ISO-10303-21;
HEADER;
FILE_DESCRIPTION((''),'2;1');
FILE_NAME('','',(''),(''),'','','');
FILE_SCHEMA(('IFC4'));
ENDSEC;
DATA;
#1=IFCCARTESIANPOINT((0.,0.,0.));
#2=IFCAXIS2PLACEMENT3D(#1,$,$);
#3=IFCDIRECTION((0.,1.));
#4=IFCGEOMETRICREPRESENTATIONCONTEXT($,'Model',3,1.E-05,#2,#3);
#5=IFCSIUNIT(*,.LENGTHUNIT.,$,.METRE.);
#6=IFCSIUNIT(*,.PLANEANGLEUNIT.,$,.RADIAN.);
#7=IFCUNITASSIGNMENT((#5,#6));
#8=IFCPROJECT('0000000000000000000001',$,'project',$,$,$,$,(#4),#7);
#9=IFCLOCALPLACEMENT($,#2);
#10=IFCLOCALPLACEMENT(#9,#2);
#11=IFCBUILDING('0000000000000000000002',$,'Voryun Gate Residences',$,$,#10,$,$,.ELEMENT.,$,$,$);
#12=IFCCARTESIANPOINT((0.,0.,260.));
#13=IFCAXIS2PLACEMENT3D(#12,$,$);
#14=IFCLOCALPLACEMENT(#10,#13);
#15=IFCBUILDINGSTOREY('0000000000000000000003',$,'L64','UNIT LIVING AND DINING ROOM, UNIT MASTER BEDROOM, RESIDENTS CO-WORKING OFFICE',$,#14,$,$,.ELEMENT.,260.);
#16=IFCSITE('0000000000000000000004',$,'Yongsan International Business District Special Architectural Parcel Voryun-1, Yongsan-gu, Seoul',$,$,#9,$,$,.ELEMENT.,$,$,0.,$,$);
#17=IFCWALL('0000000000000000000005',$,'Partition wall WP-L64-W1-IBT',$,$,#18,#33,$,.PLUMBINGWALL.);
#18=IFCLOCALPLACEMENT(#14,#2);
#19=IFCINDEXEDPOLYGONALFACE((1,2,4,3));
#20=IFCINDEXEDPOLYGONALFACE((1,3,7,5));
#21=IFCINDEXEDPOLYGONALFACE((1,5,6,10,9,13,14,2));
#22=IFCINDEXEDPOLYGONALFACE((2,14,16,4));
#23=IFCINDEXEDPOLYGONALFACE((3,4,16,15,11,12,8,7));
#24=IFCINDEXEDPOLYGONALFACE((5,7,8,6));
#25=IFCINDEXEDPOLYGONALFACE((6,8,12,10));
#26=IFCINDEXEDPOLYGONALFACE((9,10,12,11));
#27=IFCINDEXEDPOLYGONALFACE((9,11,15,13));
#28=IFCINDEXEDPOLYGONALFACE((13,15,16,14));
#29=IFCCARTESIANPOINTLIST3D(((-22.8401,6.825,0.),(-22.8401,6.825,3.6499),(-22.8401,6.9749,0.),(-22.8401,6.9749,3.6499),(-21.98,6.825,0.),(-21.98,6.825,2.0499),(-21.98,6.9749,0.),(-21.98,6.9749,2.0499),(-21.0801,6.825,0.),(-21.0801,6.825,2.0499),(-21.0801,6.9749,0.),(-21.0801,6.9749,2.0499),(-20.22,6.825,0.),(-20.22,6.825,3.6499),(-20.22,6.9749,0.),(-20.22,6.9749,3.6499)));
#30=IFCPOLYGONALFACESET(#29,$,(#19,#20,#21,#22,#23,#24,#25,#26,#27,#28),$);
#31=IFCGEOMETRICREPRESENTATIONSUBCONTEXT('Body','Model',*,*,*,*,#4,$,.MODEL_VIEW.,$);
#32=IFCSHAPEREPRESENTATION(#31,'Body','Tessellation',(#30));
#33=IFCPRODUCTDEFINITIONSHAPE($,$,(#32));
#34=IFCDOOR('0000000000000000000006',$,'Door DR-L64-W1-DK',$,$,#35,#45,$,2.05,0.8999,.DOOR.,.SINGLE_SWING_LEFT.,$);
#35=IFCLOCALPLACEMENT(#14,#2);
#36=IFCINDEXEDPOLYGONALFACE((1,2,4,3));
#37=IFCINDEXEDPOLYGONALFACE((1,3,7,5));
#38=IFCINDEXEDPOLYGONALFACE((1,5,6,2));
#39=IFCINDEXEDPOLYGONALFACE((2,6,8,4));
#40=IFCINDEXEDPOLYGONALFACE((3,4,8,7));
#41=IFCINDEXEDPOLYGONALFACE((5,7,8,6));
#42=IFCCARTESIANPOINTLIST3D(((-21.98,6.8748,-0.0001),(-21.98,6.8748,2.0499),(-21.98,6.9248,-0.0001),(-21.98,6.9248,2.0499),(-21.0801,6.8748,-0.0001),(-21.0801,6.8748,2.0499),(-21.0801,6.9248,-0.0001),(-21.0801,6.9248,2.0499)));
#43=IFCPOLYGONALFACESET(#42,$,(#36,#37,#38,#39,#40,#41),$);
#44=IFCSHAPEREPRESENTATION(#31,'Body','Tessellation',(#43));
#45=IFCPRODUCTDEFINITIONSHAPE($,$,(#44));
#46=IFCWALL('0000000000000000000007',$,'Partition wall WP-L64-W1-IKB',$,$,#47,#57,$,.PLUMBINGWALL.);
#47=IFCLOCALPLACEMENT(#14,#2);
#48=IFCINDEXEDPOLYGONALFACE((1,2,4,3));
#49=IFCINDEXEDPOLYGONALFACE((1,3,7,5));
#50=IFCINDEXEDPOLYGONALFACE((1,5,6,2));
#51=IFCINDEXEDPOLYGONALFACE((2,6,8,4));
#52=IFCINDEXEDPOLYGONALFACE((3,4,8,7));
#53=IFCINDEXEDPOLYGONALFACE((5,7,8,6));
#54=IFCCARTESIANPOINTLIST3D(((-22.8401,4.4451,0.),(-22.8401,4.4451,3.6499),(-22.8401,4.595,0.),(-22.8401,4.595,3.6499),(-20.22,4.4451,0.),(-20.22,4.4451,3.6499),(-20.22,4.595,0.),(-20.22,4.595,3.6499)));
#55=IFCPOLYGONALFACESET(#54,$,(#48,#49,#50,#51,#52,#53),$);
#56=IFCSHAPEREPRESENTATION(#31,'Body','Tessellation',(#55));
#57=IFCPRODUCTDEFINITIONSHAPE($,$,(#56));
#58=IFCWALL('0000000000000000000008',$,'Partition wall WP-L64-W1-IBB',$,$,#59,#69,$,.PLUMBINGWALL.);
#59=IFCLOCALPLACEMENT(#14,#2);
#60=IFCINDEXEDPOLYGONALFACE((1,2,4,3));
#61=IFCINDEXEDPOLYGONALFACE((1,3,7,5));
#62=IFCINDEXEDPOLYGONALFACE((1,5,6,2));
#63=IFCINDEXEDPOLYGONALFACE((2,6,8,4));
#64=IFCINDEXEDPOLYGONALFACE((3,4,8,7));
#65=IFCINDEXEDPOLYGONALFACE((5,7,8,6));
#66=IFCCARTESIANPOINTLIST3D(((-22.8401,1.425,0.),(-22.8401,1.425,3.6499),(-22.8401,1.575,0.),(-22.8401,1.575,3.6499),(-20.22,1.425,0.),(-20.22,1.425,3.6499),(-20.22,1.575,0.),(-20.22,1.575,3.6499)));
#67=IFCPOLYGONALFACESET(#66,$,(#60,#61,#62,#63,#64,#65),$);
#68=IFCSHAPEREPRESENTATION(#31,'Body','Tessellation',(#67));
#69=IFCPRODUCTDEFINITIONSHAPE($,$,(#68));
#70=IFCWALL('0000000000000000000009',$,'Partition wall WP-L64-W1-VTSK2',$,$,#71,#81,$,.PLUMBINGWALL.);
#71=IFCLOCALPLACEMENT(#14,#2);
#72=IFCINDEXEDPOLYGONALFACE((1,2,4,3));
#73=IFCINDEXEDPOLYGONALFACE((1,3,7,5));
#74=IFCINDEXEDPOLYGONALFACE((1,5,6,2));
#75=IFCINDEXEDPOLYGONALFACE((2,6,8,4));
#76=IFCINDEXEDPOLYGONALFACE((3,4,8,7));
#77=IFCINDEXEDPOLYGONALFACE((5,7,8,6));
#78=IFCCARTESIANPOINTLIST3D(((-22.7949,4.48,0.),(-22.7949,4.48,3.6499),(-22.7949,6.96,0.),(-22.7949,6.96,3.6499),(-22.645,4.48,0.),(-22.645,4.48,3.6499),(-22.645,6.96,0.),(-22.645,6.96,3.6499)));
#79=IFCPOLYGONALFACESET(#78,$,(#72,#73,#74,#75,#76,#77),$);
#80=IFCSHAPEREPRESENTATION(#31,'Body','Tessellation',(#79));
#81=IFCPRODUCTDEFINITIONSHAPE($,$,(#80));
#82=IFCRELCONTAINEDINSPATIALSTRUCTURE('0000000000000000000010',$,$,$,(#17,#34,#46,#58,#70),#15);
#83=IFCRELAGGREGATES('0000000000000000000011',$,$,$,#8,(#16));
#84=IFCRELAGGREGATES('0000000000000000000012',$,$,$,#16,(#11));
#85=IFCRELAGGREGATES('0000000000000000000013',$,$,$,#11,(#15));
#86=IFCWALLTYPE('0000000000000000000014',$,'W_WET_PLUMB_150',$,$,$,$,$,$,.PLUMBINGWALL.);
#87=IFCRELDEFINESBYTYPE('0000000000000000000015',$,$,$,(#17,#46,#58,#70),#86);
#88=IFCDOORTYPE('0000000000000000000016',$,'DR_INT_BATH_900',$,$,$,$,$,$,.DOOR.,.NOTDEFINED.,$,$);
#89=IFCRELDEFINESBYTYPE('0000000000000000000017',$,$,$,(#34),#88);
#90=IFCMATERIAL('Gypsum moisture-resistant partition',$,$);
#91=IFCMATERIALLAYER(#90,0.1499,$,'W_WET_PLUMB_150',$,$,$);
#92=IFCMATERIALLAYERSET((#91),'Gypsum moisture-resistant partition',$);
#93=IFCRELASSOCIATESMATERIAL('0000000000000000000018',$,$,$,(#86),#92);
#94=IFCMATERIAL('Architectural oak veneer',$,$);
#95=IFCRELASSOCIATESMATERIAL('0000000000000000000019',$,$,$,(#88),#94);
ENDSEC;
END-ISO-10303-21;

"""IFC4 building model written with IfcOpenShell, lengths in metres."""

from ifc_helpers import new_model, si_unit, direction, frame, frame_2d, origin, place, context, subcontext, project, spatial, rectangle, extrude, material, layer, layer_set, type_object, element, fill, save


model = new_model("IFC4")

# Units and contexts
model_context = context("Model", 3, precision=1e-05, world=origin(), true_north=direction((0.0, 1.0)))
body_context = subcontext(model_context, "Body", "Model", "MODEL_VIEW")
ifc_project = project(units=[si_unit("LENGTHUNIT", "METRE"), si_unit("PLANEANGLEUNIT", "RADIAN")], contexts=[model_context])

# Site, building, storey
site_placement = place(None, origin())
site = spatial("IfcSite", under=ifc_project, at=site_placement, Name="Yongsan International Business District Special Architectural Parcel Voryun-1, Yongsan-gu, Seoul", CompositionType="ELEMENT", RefElevation=0.0)
building_placement = place(site_placement, origin())
building = spatial("IfcBuilding", under=site, at=building_placement, Name="Voryun Gate Residences", CompositionType="ELEMENT")
storey_placement = place(building_placement, frame((0.0, 0.0, 260.0)))
storey = spatial("IfcBuildingStorey", under=building, at=storey_placement, Name="L64", Description="UNIT LIVING AND DINING ROOM, UNIT MASTER BEDROOM, RESIDENTS CO-WORKING OFFICE", CompositionType="ELEMENT", Elevation=260.0)

# Wall, opening, door
ifc_material_1 = material(Name="Gypsum moisture-resistant partition")
ifc_layer_1 = layer(ifc_material_1, 0.1499, Name="W_WET_PLUMB_150")
ifc_layer_set_1 = layer_set([ifc_layer_1], Name="Gypsum moisture-resistant partition")
wall_type_1 = type_object("IfcWallType", Name="W_WET_PLUMB_150", PredefinedType="PLUMBINGWALL", material=ifc_layer_set_1)
wall_1_placement = place(storey_placement, frame((-22.8401, 6.8999, 0.0), z_axis=(0.0, 0.0, 1.0), x_axis=(1.0, 0.0, 0.0)))
wall_1 = element("IfcWall", 1, at=wall_1_placement, inside=storey, type_object=wall_type_1, Name="Partition wall WP-L64-W1-IBT", PredefinedType="PLUMBINGWALL", context=body_context, shape_type="SweptSolid", body=[
    extrude(rectangle(XDim=2.6201, YDim=0.1499, at=frame_2d((1.3101, 0.0))), origin(), (0.0, 0.0, 1.0), 3.6499),
])
opening_1_placement = place(wall_1_placement, frame((0.8601, 0.0, 0.0)))
opening_1 = element("IfcOpeningElement", 2, at=opening_1_placement, cuts=wall_1, PredefinedType="OPENING", context=body_context, shape_type="SweptSolid", body=[
    extrude(rectangle(XDim=0.8999, YDim=2.05, at=frame_2d((0.45, 1.0249))), frame((0.0, 0.085, 0.0), z_axis=(0.0, -1.0, 0.0), x_axis=(1.0, 0.0, 0.0)), (0.0, 0.0, 1.0), 0.1699),
])
ifc_material_2 = material(Name="Architectural oak veneer")
door_type_1 = type_object("IfcDoorType", Name="DR_INT_BATH_900", OperationType="NOTDEFINED", PredefinedType="DOOR", material=ifc_material_2)
door_1_placement = place(opening_1_placement, origin())
door_1 = element("IfcDoor", 3, at=door_1_placement, inside=storey, type_object=door_type_1, Name="Door DR-L64-W1-DK", OperationType="SINGLE_SWING_LEFT", OverallHeight=2.05, OverallWidth=0.8999, PredefinedType="DOOR", context=body_context, shape_type="SweptSolid", body=[
    extrude(rectangle(XDim=0.8999, YDim=2.05, at=frame_2d((0.45, 1.0249))), frame((0.0, 0.0249, 0.0), z_axis=(0.0, -1.0, 0.0), x_axis=(1.0, 0.0, 0.0)), (0.0, 0.0, 1.0), 0.05),
])
fill(opening_1, door_1)

# Walls
for number, where, z_axis, x_axis, name in (
    (4, (-22.8401, 4.52, 0.0), (0.0, 0.0, 1.0), (1.0, 0.0, 0.0), "Partition wall WP-L64-W1-IKB"),
    (5, (-22.8401, 1.5, 0.0), (0.0, 0.0, 1.0), (1.0, 0.0, 0.0), "Partition wall WP-L64-W1-IBB"),
):
    element("IfcWall", number, at=place(storey_placement, frame(where, z_axis=z_axis, x_axis=x_axis)), inside=storey, type_object=wall_type_1, Name=name, PredefinedType="PLUMBINGWALL", context=body_context, shape_type="SweptSolid", body=[
        extrude(rectangle(XDim=2.6201, YDim=0.1499, at=frame_2d((1.3101, 0.0))), origin(), (0.0, 0.0, 1.0), 3.6499),
    ])
wall_2_placement = place(storey_placement, frame((-22.72, 4.48, 0.0), z_axis=(0.0, 0.0, 1.0), x_axis=(0.0, 1.0, 0.0)))
element("IfcWall", 6, at=wall_2_placement, inside=storey, type_object=wall_type_1, Name="Partition wall WP-L64-W1-VTSK2", PredefinedType="PLUMBINGWALL", context=body_context, shape_type="SweptSolid", body=[
    extrude(rectangle(XDim=2.48, YDim=0.1499, at=frame_2d((1.24, 0.0))), origin(), (0.0, 0.0, 1.0), 3.6499),
])

save(model, "model.ifc")
